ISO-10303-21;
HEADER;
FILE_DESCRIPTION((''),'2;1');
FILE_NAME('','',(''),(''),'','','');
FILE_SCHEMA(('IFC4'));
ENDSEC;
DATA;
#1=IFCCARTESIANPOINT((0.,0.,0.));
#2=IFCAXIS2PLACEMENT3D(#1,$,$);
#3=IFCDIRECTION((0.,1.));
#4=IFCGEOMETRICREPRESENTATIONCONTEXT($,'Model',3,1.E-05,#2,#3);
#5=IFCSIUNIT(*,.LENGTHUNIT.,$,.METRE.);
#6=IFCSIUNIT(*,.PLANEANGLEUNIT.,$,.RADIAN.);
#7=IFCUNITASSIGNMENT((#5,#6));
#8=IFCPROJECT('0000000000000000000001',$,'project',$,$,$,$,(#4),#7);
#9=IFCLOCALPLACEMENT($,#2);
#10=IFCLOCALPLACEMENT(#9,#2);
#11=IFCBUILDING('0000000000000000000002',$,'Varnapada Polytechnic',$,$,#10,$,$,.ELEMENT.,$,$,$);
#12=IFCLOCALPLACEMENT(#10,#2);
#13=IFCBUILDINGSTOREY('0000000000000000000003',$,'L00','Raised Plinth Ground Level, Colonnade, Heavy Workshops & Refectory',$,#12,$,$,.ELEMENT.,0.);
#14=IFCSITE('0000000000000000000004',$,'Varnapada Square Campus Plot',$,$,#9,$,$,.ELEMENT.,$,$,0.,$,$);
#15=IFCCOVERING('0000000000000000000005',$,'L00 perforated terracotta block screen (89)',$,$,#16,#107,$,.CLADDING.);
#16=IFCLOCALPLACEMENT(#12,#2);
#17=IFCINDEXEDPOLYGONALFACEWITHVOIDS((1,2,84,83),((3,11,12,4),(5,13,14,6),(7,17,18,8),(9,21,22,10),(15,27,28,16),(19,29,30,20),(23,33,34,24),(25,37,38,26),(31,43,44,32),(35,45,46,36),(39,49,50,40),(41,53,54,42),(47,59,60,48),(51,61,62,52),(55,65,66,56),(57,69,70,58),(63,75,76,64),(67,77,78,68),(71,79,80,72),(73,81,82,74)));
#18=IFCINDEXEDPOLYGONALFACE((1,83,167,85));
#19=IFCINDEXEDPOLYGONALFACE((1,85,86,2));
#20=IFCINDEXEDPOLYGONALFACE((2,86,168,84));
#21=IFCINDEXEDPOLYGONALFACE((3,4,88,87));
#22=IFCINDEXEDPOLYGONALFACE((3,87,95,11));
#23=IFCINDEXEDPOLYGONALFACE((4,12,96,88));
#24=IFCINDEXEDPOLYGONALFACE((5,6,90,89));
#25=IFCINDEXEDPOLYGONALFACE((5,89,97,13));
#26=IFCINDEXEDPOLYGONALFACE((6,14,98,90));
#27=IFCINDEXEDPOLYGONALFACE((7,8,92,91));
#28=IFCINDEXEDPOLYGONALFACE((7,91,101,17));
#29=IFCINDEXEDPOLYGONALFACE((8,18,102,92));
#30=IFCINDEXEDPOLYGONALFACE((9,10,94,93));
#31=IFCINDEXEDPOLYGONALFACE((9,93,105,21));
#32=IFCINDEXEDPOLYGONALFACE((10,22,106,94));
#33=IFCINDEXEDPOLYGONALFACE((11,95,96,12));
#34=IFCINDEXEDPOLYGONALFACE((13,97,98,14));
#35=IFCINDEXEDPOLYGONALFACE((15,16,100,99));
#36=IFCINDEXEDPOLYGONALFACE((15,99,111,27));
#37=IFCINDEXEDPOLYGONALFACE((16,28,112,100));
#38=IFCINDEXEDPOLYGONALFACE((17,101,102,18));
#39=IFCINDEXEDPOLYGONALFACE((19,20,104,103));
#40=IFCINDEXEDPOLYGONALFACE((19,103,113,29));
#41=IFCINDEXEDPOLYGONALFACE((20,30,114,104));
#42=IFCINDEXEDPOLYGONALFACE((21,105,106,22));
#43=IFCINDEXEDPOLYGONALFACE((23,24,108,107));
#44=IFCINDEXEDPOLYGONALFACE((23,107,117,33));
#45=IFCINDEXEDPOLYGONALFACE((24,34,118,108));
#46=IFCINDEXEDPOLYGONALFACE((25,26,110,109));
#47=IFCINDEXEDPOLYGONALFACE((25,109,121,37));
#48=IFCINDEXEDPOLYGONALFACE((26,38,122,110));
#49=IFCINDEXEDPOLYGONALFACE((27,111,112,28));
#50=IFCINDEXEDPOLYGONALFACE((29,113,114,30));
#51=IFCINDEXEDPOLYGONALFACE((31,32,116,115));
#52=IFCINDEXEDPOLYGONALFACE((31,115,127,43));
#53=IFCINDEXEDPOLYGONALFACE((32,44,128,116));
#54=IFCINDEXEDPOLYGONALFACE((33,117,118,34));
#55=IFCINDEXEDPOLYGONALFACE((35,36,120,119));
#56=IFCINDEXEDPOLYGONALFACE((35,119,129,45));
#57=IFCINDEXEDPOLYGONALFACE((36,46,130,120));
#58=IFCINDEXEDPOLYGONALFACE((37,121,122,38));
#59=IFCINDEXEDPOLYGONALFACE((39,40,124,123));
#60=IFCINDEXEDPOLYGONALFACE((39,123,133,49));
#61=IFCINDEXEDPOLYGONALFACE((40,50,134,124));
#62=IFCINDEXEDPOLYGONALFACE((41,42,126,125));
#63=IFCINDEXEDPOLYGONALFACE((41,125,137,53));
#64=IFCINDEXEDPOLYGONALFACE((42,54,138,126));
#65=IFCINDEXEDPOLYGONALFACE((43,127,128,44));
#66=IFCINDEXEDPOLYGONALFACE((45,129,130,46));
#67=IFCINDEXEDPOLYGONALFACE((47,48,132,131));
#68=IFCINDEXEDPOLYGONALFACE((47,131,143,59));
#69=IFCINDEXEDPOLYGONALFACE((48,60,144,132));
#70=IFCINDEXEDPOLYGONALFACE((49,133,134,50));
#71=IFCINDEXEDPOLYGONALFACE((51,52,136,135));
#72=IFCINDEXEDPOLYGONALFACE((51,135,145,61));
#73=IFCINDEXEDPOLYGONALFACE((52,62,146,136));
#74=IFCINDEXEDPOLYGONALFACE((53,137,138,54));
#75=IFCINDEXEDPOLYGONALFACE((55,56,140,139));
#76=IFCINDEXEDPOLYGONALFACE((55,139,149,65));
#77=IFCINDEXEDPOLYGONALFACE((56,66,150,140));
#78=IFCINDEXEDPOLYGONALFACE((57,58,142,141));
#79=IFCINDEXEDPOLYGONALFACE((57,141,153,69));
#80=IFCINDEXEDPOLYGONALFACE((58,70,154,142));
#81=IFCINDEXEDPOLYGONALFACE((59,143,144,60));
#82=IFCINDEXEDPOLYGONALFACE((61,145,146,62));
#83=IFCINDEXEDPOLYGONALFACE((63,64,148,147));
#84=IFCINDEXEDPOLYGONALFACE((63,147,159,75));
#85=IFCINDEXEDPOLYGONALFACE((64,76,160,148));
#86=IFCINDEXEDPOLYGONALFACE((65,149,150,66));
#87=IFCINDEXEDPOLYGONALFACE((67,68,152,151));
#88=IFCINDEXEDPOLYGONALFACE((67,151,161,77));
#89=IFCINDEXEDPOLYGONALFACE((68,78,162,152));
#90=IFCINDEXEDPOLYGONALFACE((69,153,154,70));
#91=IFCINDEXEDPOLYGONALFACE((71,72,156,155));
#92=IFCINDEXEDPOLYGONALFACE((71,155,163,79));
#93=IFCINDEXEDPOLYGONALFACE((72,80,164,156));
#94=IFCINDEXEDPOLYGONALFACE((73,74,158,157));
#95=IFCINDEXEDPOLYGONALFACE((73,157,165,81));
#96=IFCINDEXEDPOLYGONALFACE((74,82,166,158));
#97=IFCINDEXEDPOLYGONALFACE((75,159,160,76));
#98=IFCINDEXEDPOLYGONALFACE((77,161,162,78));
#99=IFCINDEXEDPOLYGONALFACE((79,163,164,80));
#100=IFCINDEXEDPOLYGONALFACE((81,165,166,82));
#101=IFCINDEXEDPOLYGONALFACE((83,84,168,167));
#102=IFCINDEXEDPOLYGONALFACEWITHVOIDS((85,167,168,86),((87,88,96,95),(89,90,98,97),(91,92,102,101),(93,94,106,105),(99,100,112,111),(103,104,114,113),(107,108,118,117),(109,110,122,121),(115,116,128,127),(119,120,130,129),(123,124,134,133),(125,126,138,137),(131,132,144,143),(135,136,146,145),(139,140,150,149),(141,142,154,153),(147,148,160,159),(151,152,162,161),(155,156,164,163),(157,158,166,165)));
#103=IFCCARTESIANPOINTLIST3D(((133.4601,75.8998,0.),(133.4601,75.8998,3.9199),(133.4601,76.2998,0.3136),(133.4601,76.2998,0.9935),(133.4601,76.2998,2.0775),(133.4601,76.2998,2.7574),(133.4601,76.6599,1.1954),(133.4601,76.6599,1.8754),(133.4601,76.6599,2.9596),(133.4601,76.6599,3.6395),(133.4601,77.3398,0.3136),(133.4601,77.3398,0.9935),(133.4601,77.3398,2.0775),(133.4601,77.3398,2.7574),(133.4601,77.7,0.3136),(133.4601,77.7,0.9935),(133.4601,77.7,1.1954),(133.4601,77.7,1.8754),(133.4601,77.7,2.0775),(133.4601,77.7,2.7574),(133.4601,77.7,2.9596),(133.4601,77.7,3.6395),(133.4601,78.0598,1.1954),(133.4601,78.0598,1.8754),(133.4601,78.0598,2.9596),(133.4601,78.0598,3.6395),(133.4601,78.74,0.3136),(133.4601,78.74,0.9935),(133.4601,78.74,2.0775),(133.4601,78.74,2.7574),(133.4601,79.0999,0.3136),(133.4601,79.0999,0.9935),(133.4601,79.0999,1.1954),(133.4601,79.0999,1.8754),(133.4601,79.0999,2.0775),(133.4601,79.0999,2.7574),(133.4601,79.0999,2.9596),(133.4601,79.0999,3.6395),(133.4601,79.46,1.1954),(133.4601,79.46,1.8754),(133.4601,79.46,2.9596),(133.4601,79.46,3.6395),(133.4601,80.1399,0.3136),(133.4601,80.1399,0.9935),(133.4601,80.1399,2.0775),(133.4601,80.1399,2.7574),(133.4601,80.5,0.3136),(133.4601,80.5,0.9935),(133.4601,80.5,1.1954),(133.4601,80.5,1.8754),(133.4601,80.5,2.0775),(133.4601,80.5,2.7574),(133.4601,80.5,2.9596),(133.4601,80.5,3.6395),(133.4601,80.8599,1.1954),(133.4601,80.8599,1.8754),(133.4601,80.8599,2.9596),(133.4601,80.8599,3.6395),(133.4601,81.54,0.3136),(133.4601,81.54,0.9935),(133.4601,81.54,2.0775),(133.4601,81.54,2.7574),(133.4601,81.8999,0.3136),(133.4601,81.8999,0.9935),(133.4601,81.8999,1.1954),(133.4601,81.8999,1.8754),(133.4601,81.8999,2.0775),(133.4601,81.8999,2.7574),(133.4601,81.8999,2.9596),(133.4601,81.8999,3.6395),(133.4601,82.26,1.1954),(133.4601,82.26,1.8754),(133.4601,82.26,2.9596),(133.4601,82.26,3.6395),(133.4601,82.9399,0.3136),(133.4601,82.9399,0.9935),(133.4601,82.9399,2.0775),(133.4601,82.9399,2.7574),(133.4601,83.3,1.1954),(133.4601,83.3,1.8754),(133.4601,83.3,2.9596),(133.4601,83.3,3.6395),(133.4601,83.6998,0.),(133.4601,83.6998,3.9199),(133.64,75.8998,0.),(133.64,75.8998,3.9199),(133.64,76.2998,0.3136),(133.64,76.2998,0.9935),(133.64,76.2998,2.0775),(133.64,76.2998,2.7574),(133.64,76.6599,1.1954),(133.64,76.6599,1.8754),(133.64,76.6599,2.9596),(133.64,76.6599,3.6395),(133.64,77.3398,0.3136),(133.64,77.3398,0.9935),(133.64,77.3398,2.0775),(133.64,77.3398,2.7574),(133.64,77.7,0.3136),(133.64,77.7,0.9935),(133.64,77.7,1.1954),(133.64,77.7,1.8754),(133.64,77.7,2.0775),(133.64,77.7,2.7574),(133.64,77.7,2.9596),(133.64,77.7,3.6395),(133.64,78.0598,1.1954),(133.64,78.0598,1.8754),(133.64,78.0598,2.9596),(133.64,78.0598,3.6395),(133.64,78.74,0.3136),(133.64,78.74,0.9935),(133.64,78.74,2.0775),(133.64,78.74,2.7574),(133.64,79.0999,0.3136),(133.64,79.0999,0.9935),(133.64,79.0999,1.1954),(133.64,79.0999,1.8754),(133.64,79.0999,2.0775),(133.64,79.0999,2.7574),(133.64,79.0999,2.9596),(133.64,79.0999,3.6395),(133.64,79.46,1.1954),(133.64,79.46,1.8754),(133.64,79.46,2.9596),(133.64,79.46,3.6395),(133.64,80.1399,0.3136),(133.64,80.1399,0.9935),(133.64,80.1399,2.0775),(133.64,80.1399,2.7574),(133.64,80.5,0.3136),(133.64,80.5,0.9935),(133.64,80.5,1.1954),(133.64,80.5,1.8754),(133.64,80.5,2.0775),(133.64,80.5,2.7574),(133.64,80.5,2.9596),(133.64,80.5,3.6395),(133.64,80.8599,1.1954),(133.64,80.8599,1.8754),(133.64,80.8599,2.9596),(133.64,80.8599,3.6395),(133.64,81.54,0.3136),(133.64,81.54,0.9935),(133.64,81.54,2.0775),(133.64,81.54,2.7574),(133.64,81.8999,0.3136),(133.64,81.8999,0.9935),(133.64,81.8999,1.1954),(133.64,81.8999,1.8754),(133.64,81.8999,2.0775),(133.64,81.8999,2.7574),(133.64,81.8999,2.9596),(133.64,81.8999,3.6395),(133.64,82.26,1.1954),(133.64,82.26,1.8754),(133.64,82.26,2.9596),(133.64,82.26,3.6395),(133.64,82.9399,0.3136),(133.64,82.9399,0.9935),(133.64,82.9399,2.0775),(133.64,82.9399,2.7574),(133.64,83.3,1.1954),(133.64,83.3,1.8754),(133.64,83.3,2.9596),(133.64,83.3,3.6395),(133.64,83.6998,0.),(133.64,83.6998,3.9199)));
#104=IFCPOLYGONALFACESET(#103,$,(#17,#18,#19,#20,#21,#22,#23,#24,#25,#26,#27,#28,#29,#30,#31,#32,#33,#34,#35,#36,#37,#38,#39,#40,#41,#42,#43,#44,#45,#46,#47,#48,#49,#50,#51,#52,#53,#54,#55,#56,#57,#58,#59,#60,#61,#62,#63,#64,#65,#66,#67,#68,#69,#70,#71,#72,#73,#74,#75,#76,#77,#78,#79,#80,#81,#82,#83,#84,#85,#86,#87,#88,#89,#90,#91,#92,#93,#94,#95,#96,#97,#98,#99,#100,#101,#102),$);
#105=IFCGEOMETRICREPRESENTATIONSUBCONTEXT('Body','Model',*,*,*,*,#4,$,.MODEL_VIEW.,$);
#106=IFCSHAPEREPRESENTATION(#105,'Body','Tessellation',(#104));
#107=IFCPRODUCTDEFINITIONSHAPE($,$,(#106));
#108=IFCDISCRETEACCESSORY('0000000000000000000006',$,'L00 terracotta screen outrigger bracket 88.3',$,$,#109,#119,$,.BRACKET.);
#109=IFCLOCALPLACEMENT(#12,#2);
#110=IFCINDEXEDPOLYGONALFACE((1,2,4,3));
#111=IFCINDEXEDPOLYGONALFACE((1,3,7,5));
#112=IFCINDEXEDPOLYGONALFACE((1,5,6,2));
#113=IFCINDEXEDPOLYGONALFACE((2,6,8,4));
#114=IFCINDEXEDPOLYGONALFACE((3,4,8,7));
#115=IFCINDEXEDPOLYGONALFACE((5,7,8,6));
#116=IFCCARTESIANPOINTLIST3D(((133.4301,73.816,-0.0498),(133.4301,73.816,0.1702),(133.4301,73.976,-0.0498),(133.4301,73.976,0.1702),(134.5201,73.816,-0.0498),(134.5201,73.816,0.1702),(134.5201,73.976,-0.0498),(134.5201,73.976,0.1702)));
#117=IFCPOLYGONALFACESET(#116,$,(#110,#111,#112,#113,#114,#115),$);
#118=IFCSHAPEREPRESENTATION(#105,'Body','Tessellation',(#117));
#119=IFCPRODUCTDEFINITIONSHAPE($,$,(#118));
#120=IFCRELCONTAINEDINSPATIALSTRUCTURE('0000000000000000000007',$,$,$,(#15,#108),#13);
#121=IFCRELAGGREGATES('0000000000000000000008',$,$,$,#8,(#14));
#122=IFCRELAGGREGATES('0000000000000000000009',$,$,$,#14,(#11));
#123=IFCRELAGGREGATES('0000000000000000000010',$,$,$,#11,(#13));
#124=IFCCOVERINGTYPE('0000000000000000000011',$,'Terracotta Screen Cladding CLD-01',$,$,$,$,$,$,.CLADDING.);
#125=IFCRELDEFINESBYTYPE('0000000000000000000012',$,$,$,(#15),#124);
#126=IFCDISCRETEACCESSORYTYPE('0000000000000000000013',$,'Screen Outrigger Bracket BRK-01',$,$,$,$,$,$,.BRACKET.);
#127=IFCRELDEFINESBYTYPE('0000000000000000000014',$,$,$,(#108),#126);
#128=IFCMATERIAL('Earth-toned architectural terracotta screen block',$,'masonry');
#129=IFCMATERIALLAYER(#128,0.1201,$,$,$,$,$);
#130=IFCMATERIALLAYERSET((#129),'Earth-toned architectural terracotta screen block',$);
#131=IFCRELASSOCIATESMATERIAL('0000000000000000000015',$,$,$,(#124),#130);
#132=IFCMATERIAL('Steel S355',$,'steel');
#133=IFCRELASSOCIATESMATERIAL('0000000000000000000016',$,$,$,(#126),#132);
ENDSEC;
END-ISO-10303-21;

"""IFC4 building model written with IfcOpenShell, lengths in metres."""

from ifc_helpers import new_model, si_unit, direction, frame, frame_2d, origin, origin_2d, place, context, subcontext, project, spatial, rectangle, extrude, material, layer, layer_set, type_object, element, save


model = new_model("IFC4")

# Units and contexts
model_context = context("Model", 3, precision=1e-05, world=origin(), true_north=direction((0.0, 1.0)))
body_context = subcontext(model_context, "Body", "Model", "MODEL_VIEW")
ifc_project = project(units=[si_unit("LENGTHUNIT", "METRE"), si_unit("PLANEANGLEUNIT", "RADIAN")], contexts=[model_context])

# Site, building, storey
site_placement = place(None, origin())
site = spatial("IfcSite", under=ifc_project, at=site_placement, Name="Varnapada Square Campus Plot", CompositionType="ELEMENT", RefElevation=0.0)
building_placement = place(site_placement, origin())
building = spatial("IfcBuilding", under=site, at=building_placement, Name="Varnapada Polytechnic", CompositionType="ELEMENT")
storey_placement = place(building_placement, origin())
storey = spatial("IfcBuildingStorey", under=building, at=storey_placement, Name="L00", Description="Raised Plinth Ground Level, Colonnade, Heavy Workshops & Refectory", CompositionType="ELEMENT", Elevation=0.0)

# Covering, openings
ifc_material_1 = material(Name="Earth-toned architectural terracotta screen block", Category="masonry")
ifc_layer_1 = layer(ifc_material_1, 0.1201)
ifc_layer_set_1 = layer_set([ifc_layer_1], Name="Earth-toned architectural terracotta screen block")
covering_type = type_object("IfcCoveringType", Name="Terracotta Screen Cladding CLD-01", PredefinedType="CLADDING", material=ifc_layer_set_1)
covering_placement = place(storey_placement, frame((133.55, 75.8999, 0.0), z_axis=(0.0, 0.0, 1.0), x_axis=(0.0, 1.0, 0.0)))
covering = element("IfcCovering", 1, at=covering_placement, inside=storey, type_object=covering_type, Name="L00 perforated terracotta block screen (89)", PredefinedType="CLADDING", context=body_context, shape_type="SweptSolid", body=[
    extrude(rectangle(XDim=7.8, YDim=0.1799, at=frame_2d((3.8999, 0.0))), origin(), (0.0, 0.0, 1.0), 3.9199),
])
opening_1_placement = place(covering_placement, frame((0.3999, 0.0, 0.3137)))
element("IfcOpeningElement", 2, at=opening_1_placement, cuts=covering, PredefinedType="OPENING", context=body_context, shape_type="SweptSolid", body=[
    extrude(rectangle(XDim=1.04, YDim=0.6799, at=frame_2d((0.52, 0.3398))), frame((0.0, 0.0999, 0.0), z_axis=(0.0, -1.0, 0.0), x_axis=(1.0, 0.0, 0.0)), (0.0, 0.0, 1.0), 0.2),
])
opening_2_placement = place(covering_placement, frame((1.8, 0.0, 0.3137)))
element("IfcOpeningElement", 3, at=opening_2_placement, cuts=covering, PredefinedType="OPENING", context=body_context, shape_type="SweptSolid", body=[
    extrude(rectangle(XDim=1.04, YDim=0.6799, at=frame_2d((0.52, 0.3398))), frame((0.0, 0.0999, 0.0), z_axis=(0.0, -1.0, 0.0), x_axis=(1.0, 0.0, 0.0)), (0.0, 0.0, 1.0), 0.2),
])
opening_3_placement = place(covering_placement, frame((3.2, 0.0, 0.3137)))
element("IfcOpeningElement", 4, at=opening_3_placement, cuts=covering, PredefinedType="OPENING", context=body_context, shape_type="SweptSolid", body=[
    extrude(rectangle(XDim=1.04, YDim=0.6799, at=frame_2d((0.52, 0.3398))), frame((0.0, 0.0999, 0.0), z_axis=(0.0, -1.0, 0.0), x_axis=(1.0, 0.0, 0.0)), (0.0, 0.0, 1.0), 0.2),
])
opening_4_placement = place(covering_placement, frame((4.6001, 0.0, 0.3137)))
element("IfcOpeningElement", 5, at=opening_4_placement, cuts=covering, PredefinedType="OPENING", context=body_context, shape_type="SweptSolid", body=[
    extrude(rectangle(XDim=1.04, YDim=0.6799, at=frame_2d((0.52, 0.3398))), frame((0.0, 0.0999, 0.0), z_axis=(0.0, -1.0, 0.0), x_axis=(1.0, 0.0, 0.0)), (0.0, 0.0, 1.0), 0.2),
])
opening_5_placement = place(covering_placement, frame((6.0, 0.0, 0.3137)))
element("IfcOpeningElement", 6, at=opening_5_placement, cuts=covering, PredefinedType="OPENING", context=body_context, shape_type="SweptSolid", body=[
    extrude(rectangle(XDim=1.04, YDim=0.6799, at=frame_2d((0.52, 0.3398))), frame((0.0, 0.0999, 0.0), z_axis=(0.0, -1.0, 0.0), x_axis=(1.0, 0.0, 0.0)), (0.0, 0.0, 1.0), 0.2),
])
opening_6_placement = place(covering_placement, frame((0.76, 0.0, 1.1956)))
element("IfcOpeningElement", 7, at=opening_6_placement, cuts=covering, PredefinedType="OPENING", context=body_context, shape_type="SweptSolid", body=[
    extrude(rectangle(XDim=1.04, YDim=0.6799, at=frame_2d((0.52, 0.3398))), frame((0.0, 0.0999, 0.0), z_axis=(0.0, -1.0, 0.0), x_axis=(1.0, 0.0, 0.0)), (0.0, 0.0, 1.0), 0.2),
])
opening_7_placement = place(covering_placement, frame((2.1599, 0.0, 1.1956)))
element("IfcOpeningElement", 8, at=opening_7_placement, cuts=covering, PredefinedType="OPENING", context=body_context, shape_type="SweptSolid", body=[
    extrude(rectangle(XDim=1.04, YDim=0.6799, at=frame_2d((0.52, 0.3398))), frame((0.0, 0.0999, 0.0), z_axis=(0.0, -1.0, 0.0), x_axis=(1.0, 0.0, 0.0)), (0.0, 0.0, 1.0), 0.2),
])
opening_8_placement = place(covering_placement, frame((3.5601, 0.0, 1.1956)))
element("IfcOpeningElement", 9, at=opening_8_placement, cuts=covering, PredefinedType="OPENING", context=body_context, shape_type="SweptSolid", body=[
    extrude(rectangle(XDim=1.04, YDim=0.6799, at=frame_2d((0.52, 0.3398))), frame((0.0, 0.0999, 0.0), z_axis=(0.0, -1.0, 0.0), x_axis=(1.0, 0.0, 0.0)), (0.0, 0.0, 1.0), 0.2),
])
opening_9_placement = place(covering_placement, frame((4.96, 0.0, 1.1956)))
element("IfcOpeningElement", 10, at=opening_9_placement, cuts=covering, PredefinedType="OPENING", context=body_context, shape_type="SweptSolid", body=[
    extrude(rectangle(XDim=1.04, YDim=0.6799, at=frame_2d((0.52, 0.3398))), frame((0.0, 0.0999, 0.0), z_axis=(0.0, -1.0, 0.0), x_axis=(1.0, 0.0, 0.0)), (0.0, 0.0, 1.0), 0.2),
])
opening_10_placement = place(covering_placement, frame((6.3601, 0.0, 1.1956)))
element("IfcOpeningElement", 11, at=opening_10_placement, cuts=covering, PredefinedType="OPENING", context=body_context, shape_type="SweptSolid", body=[
    extrude(rectangle(XDim=1.04, YDim=0.6799, at=frame_2d((0.52, 0.3398))), frame((0.0, 0.0999, 0.0), z_axis=(0.0, -1.0, 0.0), x_axis=(1.0, 0.0, 0.0)), (0.0, 0.0, 1.0), 0.2),
])
opening_11_placement = place(covering_placement, frame((0.3999, 0.0, 2.0776)))
element("IfcOpeningElement", 12, at=opening_11_placement, cuts=covering, PredefinedType="OPENING", context=body_context, shape_type="SweptSolid", body=[
    extrude(rectangle(XDim=1.04, YDim=0.6799, at=frame_2d((0.52, 0.3398))), frame((0.0, 0.0999, 0.0), z_axis=(0.0, -1.0, 0.0), x_axis=(1.0, 0.0, 0.0)), (0.0, 0.0, 1.0), 0.2),
])
opening_12_placement = place(covering_placement, frame((1.8, 0.0, 2.0776)))
element("IfcOpeningElement", 13, at=opening_12_placement, cuts=covering, PredefinedType="OPENING", context=body_context, shape_type="SweptSolid", body=[
    extrude(rectangle(XDim=1.04, YDim=0.6799, at=frame_2d((0.52, 0.3398))), frame((0.0, 0.0999, 0.0), z_axis=(0.0, -1.0, 0.0), x_axis=(1.0, 0.0, 0.0)), (0.0, 0.0, 1.0), 0.2),
])
opening_13_placement = place(covering_placement, frame((3.2, 0.0, 2.0776)))
element("IfcOpeningElement", 14, at=opening_13_placement, cuts=covering, PredefinedType="OPENING", context=body_context, shape_type="SweptSolid", body=[
    extrude(rectangle(XDim=1.04, YDim=0.6799, at=frame_2d((0.52, 0.3398))), frame((0.0, 0.0999, 0.0), z_axis=(0.0, -1.0, 0.0), x_axis=(1.0, 0.0, 0.0)), (0.0, 0.0, 1.0), 0.2),
])
opening_14_placement = place(covering_placement, frame((4.6001, 0.0, 2.0776)))
element("IfcOpeningElement", 15, at=opening_14_placement, cuts=covering, PredefinedType="OPENING", context=body_context, shape_type="SweptSolid", body=[
    extrude(rectangle(XDim=1.04, YDim=0.6799, at=frame_2d((0.52, 0.3398))), frame((0.0, 0.0999, 0.0), z_axis=(0.0, -1.0, 0.0), x_axis=(1.0, 0.0, 0.0)), (0.0, 0.0, 1.0), 0.2),
])
opening_15_placement = place(covering_placement, frame((6.0, 0.0, 2.0776)))
element("IfcOpeningElement", 16, at=opening_15_placement, cuts=covering, PredefinedType="OPENING", context=body_context, shape_type="SweptSolid", body=[
    extrude(rectangle(XDim=1.04, YDim=0.6799, at=frame_2d((0.52, 0.3398))), frame((0.0, 0.0999, 0.0), z_axis=(0.0, -1.0, 0.0), x_axis=(1.0, 0.0, 0.0)), (0.0, 0.0, 1.0), 0.2),
])
opening_16_placement = place(covering_placement, frame((0.76, 0.0, 2.9597)))
element("IfcOpeningElement", 17, at=opening_16_placement, cuts=covering, PredefinedType="OPENING", context=body_context, shape_type="SweptSolid", body=[
    extrude(rectangle(XDim=1.04, YDim=0.6799, at=frame_2d((0.52, 0.3398))), frame((0.0, 0.0999, 0.0), z_axis=(0.0, -1.0, 0.0), x_axis=(1.0, 0.0, 0.0)), (0.0, 0.0, 1.0), 0.2),
])
opening_17_placement = place(covering_placement, frame((2.1599, 0.0, 2.9597)))
element("IfcOpeningElement", 18, at=opening_17_placement, cuts=covering, PredefinedType="OPENING", context=body_context, shape_type="SweptSolid", body=[
    extrude(rectangle(XDim=1.04, YDim=0.6799, at=frame_2d((0.52, 0.3398))), frame((0.0, 0.0999, 0.0), z_axis=(0.0, -1.0, 0.0), x_axis=(1.0, 0.0, 0.0)), (0.0, 0.0, 1.0), 0.2),
])
opening_18_placement = place(covering_placement, frame((3.5601, 0.0, 2.9597)))
element("IfcOpeningElement", 19, at=opening_18_placement, cuts=covering, PredefinedType="OPENING", context=body_context, shape_type="SweptSolid", body=[
    extrude(rectangle(XDim=1.04, YDim=0.6799, at=frame_2d((0.52, 0.3398))), frame((0.0, 0.0999, 0.0), z_axis=(0.0, -1.0, 0.0), x_axis=(1.0, 0.0, 0.0)), (0.0, 0.0, 1.0), 0.2),
])
opening_19_placement = place(covering_placement, frame((4.96, 0.0, 2.9597)))
element("IfcOpeningElement", 20, at=opening_19_placement, cuts=covering, PredefinedType="OPENING", context=body_context, shape_type="SweptSolid", body=[
    extrude(rectangle(XDim=1.04, YDim=0.6799, at=frame_2d((0.52, 0.3398))), frame((0.0, 0.0999, 0.0), z_axis=(0.0, -1.0, 0.0), x_axis=(1.0, 0.0, 0.0)), (0.0, 0.0, 1.0), 0.2),
])
opening_20_placement = place(covering_placement, frame((6.3601, 0.0, 2.9597)))
element("IfcOpeningElement", 21, at=opening_20_placement, cuts=covering, PredefinedType="OPENING", context=body_context, shape_type="SweptSolid", body=[
    extrude(rectangle(XDim=1.04, YDim=0.6799, at=frame_2d((0.52, 0.3398))), frame((0.0, 0.0999, 0.0), z_axis=(0.0, -1.0, 0.0), x_axis=(1.0, 0.0, 0.0)), (0.0, 0.0, 1.0), 0.2),
])

# Discrete accessory
ifc_material_2 = material(Name="Steel S355", Category="steel")
discrete_accessory_type = type_object("IfcDiscreteAccessoryType", Name="Screen Outrigger Bracket BRK-01", PredefinedType="BRACKET", material=ifc_material_2)
for number, where, z_axis, x_axis, name in (
    (22, (133.9751, 73.896, -0.0498), (0.0, 0.0, 1.0), (0.0, 1.0, 0.0), "L00 terracotta screen outrigger bracket 88.3"),
):
    element("IfcDiscreteAccessory", number, at=place(storey_placement, frame(where, z_axis=z_axis, x_axis=x_axis)), inside=storey, type_object=discrete_accessory_type, Name=name, PredefinedType="BRACKET", context=body_context, shape_type="SweptSolid", body=[
        extrude(rectangle(XDim=0.1599, YDim=1.0901, at=origin_2d()), origin(), (0.0, 0.0, 1.0), 0.22),
    ])

save(model, "model.ifc")
